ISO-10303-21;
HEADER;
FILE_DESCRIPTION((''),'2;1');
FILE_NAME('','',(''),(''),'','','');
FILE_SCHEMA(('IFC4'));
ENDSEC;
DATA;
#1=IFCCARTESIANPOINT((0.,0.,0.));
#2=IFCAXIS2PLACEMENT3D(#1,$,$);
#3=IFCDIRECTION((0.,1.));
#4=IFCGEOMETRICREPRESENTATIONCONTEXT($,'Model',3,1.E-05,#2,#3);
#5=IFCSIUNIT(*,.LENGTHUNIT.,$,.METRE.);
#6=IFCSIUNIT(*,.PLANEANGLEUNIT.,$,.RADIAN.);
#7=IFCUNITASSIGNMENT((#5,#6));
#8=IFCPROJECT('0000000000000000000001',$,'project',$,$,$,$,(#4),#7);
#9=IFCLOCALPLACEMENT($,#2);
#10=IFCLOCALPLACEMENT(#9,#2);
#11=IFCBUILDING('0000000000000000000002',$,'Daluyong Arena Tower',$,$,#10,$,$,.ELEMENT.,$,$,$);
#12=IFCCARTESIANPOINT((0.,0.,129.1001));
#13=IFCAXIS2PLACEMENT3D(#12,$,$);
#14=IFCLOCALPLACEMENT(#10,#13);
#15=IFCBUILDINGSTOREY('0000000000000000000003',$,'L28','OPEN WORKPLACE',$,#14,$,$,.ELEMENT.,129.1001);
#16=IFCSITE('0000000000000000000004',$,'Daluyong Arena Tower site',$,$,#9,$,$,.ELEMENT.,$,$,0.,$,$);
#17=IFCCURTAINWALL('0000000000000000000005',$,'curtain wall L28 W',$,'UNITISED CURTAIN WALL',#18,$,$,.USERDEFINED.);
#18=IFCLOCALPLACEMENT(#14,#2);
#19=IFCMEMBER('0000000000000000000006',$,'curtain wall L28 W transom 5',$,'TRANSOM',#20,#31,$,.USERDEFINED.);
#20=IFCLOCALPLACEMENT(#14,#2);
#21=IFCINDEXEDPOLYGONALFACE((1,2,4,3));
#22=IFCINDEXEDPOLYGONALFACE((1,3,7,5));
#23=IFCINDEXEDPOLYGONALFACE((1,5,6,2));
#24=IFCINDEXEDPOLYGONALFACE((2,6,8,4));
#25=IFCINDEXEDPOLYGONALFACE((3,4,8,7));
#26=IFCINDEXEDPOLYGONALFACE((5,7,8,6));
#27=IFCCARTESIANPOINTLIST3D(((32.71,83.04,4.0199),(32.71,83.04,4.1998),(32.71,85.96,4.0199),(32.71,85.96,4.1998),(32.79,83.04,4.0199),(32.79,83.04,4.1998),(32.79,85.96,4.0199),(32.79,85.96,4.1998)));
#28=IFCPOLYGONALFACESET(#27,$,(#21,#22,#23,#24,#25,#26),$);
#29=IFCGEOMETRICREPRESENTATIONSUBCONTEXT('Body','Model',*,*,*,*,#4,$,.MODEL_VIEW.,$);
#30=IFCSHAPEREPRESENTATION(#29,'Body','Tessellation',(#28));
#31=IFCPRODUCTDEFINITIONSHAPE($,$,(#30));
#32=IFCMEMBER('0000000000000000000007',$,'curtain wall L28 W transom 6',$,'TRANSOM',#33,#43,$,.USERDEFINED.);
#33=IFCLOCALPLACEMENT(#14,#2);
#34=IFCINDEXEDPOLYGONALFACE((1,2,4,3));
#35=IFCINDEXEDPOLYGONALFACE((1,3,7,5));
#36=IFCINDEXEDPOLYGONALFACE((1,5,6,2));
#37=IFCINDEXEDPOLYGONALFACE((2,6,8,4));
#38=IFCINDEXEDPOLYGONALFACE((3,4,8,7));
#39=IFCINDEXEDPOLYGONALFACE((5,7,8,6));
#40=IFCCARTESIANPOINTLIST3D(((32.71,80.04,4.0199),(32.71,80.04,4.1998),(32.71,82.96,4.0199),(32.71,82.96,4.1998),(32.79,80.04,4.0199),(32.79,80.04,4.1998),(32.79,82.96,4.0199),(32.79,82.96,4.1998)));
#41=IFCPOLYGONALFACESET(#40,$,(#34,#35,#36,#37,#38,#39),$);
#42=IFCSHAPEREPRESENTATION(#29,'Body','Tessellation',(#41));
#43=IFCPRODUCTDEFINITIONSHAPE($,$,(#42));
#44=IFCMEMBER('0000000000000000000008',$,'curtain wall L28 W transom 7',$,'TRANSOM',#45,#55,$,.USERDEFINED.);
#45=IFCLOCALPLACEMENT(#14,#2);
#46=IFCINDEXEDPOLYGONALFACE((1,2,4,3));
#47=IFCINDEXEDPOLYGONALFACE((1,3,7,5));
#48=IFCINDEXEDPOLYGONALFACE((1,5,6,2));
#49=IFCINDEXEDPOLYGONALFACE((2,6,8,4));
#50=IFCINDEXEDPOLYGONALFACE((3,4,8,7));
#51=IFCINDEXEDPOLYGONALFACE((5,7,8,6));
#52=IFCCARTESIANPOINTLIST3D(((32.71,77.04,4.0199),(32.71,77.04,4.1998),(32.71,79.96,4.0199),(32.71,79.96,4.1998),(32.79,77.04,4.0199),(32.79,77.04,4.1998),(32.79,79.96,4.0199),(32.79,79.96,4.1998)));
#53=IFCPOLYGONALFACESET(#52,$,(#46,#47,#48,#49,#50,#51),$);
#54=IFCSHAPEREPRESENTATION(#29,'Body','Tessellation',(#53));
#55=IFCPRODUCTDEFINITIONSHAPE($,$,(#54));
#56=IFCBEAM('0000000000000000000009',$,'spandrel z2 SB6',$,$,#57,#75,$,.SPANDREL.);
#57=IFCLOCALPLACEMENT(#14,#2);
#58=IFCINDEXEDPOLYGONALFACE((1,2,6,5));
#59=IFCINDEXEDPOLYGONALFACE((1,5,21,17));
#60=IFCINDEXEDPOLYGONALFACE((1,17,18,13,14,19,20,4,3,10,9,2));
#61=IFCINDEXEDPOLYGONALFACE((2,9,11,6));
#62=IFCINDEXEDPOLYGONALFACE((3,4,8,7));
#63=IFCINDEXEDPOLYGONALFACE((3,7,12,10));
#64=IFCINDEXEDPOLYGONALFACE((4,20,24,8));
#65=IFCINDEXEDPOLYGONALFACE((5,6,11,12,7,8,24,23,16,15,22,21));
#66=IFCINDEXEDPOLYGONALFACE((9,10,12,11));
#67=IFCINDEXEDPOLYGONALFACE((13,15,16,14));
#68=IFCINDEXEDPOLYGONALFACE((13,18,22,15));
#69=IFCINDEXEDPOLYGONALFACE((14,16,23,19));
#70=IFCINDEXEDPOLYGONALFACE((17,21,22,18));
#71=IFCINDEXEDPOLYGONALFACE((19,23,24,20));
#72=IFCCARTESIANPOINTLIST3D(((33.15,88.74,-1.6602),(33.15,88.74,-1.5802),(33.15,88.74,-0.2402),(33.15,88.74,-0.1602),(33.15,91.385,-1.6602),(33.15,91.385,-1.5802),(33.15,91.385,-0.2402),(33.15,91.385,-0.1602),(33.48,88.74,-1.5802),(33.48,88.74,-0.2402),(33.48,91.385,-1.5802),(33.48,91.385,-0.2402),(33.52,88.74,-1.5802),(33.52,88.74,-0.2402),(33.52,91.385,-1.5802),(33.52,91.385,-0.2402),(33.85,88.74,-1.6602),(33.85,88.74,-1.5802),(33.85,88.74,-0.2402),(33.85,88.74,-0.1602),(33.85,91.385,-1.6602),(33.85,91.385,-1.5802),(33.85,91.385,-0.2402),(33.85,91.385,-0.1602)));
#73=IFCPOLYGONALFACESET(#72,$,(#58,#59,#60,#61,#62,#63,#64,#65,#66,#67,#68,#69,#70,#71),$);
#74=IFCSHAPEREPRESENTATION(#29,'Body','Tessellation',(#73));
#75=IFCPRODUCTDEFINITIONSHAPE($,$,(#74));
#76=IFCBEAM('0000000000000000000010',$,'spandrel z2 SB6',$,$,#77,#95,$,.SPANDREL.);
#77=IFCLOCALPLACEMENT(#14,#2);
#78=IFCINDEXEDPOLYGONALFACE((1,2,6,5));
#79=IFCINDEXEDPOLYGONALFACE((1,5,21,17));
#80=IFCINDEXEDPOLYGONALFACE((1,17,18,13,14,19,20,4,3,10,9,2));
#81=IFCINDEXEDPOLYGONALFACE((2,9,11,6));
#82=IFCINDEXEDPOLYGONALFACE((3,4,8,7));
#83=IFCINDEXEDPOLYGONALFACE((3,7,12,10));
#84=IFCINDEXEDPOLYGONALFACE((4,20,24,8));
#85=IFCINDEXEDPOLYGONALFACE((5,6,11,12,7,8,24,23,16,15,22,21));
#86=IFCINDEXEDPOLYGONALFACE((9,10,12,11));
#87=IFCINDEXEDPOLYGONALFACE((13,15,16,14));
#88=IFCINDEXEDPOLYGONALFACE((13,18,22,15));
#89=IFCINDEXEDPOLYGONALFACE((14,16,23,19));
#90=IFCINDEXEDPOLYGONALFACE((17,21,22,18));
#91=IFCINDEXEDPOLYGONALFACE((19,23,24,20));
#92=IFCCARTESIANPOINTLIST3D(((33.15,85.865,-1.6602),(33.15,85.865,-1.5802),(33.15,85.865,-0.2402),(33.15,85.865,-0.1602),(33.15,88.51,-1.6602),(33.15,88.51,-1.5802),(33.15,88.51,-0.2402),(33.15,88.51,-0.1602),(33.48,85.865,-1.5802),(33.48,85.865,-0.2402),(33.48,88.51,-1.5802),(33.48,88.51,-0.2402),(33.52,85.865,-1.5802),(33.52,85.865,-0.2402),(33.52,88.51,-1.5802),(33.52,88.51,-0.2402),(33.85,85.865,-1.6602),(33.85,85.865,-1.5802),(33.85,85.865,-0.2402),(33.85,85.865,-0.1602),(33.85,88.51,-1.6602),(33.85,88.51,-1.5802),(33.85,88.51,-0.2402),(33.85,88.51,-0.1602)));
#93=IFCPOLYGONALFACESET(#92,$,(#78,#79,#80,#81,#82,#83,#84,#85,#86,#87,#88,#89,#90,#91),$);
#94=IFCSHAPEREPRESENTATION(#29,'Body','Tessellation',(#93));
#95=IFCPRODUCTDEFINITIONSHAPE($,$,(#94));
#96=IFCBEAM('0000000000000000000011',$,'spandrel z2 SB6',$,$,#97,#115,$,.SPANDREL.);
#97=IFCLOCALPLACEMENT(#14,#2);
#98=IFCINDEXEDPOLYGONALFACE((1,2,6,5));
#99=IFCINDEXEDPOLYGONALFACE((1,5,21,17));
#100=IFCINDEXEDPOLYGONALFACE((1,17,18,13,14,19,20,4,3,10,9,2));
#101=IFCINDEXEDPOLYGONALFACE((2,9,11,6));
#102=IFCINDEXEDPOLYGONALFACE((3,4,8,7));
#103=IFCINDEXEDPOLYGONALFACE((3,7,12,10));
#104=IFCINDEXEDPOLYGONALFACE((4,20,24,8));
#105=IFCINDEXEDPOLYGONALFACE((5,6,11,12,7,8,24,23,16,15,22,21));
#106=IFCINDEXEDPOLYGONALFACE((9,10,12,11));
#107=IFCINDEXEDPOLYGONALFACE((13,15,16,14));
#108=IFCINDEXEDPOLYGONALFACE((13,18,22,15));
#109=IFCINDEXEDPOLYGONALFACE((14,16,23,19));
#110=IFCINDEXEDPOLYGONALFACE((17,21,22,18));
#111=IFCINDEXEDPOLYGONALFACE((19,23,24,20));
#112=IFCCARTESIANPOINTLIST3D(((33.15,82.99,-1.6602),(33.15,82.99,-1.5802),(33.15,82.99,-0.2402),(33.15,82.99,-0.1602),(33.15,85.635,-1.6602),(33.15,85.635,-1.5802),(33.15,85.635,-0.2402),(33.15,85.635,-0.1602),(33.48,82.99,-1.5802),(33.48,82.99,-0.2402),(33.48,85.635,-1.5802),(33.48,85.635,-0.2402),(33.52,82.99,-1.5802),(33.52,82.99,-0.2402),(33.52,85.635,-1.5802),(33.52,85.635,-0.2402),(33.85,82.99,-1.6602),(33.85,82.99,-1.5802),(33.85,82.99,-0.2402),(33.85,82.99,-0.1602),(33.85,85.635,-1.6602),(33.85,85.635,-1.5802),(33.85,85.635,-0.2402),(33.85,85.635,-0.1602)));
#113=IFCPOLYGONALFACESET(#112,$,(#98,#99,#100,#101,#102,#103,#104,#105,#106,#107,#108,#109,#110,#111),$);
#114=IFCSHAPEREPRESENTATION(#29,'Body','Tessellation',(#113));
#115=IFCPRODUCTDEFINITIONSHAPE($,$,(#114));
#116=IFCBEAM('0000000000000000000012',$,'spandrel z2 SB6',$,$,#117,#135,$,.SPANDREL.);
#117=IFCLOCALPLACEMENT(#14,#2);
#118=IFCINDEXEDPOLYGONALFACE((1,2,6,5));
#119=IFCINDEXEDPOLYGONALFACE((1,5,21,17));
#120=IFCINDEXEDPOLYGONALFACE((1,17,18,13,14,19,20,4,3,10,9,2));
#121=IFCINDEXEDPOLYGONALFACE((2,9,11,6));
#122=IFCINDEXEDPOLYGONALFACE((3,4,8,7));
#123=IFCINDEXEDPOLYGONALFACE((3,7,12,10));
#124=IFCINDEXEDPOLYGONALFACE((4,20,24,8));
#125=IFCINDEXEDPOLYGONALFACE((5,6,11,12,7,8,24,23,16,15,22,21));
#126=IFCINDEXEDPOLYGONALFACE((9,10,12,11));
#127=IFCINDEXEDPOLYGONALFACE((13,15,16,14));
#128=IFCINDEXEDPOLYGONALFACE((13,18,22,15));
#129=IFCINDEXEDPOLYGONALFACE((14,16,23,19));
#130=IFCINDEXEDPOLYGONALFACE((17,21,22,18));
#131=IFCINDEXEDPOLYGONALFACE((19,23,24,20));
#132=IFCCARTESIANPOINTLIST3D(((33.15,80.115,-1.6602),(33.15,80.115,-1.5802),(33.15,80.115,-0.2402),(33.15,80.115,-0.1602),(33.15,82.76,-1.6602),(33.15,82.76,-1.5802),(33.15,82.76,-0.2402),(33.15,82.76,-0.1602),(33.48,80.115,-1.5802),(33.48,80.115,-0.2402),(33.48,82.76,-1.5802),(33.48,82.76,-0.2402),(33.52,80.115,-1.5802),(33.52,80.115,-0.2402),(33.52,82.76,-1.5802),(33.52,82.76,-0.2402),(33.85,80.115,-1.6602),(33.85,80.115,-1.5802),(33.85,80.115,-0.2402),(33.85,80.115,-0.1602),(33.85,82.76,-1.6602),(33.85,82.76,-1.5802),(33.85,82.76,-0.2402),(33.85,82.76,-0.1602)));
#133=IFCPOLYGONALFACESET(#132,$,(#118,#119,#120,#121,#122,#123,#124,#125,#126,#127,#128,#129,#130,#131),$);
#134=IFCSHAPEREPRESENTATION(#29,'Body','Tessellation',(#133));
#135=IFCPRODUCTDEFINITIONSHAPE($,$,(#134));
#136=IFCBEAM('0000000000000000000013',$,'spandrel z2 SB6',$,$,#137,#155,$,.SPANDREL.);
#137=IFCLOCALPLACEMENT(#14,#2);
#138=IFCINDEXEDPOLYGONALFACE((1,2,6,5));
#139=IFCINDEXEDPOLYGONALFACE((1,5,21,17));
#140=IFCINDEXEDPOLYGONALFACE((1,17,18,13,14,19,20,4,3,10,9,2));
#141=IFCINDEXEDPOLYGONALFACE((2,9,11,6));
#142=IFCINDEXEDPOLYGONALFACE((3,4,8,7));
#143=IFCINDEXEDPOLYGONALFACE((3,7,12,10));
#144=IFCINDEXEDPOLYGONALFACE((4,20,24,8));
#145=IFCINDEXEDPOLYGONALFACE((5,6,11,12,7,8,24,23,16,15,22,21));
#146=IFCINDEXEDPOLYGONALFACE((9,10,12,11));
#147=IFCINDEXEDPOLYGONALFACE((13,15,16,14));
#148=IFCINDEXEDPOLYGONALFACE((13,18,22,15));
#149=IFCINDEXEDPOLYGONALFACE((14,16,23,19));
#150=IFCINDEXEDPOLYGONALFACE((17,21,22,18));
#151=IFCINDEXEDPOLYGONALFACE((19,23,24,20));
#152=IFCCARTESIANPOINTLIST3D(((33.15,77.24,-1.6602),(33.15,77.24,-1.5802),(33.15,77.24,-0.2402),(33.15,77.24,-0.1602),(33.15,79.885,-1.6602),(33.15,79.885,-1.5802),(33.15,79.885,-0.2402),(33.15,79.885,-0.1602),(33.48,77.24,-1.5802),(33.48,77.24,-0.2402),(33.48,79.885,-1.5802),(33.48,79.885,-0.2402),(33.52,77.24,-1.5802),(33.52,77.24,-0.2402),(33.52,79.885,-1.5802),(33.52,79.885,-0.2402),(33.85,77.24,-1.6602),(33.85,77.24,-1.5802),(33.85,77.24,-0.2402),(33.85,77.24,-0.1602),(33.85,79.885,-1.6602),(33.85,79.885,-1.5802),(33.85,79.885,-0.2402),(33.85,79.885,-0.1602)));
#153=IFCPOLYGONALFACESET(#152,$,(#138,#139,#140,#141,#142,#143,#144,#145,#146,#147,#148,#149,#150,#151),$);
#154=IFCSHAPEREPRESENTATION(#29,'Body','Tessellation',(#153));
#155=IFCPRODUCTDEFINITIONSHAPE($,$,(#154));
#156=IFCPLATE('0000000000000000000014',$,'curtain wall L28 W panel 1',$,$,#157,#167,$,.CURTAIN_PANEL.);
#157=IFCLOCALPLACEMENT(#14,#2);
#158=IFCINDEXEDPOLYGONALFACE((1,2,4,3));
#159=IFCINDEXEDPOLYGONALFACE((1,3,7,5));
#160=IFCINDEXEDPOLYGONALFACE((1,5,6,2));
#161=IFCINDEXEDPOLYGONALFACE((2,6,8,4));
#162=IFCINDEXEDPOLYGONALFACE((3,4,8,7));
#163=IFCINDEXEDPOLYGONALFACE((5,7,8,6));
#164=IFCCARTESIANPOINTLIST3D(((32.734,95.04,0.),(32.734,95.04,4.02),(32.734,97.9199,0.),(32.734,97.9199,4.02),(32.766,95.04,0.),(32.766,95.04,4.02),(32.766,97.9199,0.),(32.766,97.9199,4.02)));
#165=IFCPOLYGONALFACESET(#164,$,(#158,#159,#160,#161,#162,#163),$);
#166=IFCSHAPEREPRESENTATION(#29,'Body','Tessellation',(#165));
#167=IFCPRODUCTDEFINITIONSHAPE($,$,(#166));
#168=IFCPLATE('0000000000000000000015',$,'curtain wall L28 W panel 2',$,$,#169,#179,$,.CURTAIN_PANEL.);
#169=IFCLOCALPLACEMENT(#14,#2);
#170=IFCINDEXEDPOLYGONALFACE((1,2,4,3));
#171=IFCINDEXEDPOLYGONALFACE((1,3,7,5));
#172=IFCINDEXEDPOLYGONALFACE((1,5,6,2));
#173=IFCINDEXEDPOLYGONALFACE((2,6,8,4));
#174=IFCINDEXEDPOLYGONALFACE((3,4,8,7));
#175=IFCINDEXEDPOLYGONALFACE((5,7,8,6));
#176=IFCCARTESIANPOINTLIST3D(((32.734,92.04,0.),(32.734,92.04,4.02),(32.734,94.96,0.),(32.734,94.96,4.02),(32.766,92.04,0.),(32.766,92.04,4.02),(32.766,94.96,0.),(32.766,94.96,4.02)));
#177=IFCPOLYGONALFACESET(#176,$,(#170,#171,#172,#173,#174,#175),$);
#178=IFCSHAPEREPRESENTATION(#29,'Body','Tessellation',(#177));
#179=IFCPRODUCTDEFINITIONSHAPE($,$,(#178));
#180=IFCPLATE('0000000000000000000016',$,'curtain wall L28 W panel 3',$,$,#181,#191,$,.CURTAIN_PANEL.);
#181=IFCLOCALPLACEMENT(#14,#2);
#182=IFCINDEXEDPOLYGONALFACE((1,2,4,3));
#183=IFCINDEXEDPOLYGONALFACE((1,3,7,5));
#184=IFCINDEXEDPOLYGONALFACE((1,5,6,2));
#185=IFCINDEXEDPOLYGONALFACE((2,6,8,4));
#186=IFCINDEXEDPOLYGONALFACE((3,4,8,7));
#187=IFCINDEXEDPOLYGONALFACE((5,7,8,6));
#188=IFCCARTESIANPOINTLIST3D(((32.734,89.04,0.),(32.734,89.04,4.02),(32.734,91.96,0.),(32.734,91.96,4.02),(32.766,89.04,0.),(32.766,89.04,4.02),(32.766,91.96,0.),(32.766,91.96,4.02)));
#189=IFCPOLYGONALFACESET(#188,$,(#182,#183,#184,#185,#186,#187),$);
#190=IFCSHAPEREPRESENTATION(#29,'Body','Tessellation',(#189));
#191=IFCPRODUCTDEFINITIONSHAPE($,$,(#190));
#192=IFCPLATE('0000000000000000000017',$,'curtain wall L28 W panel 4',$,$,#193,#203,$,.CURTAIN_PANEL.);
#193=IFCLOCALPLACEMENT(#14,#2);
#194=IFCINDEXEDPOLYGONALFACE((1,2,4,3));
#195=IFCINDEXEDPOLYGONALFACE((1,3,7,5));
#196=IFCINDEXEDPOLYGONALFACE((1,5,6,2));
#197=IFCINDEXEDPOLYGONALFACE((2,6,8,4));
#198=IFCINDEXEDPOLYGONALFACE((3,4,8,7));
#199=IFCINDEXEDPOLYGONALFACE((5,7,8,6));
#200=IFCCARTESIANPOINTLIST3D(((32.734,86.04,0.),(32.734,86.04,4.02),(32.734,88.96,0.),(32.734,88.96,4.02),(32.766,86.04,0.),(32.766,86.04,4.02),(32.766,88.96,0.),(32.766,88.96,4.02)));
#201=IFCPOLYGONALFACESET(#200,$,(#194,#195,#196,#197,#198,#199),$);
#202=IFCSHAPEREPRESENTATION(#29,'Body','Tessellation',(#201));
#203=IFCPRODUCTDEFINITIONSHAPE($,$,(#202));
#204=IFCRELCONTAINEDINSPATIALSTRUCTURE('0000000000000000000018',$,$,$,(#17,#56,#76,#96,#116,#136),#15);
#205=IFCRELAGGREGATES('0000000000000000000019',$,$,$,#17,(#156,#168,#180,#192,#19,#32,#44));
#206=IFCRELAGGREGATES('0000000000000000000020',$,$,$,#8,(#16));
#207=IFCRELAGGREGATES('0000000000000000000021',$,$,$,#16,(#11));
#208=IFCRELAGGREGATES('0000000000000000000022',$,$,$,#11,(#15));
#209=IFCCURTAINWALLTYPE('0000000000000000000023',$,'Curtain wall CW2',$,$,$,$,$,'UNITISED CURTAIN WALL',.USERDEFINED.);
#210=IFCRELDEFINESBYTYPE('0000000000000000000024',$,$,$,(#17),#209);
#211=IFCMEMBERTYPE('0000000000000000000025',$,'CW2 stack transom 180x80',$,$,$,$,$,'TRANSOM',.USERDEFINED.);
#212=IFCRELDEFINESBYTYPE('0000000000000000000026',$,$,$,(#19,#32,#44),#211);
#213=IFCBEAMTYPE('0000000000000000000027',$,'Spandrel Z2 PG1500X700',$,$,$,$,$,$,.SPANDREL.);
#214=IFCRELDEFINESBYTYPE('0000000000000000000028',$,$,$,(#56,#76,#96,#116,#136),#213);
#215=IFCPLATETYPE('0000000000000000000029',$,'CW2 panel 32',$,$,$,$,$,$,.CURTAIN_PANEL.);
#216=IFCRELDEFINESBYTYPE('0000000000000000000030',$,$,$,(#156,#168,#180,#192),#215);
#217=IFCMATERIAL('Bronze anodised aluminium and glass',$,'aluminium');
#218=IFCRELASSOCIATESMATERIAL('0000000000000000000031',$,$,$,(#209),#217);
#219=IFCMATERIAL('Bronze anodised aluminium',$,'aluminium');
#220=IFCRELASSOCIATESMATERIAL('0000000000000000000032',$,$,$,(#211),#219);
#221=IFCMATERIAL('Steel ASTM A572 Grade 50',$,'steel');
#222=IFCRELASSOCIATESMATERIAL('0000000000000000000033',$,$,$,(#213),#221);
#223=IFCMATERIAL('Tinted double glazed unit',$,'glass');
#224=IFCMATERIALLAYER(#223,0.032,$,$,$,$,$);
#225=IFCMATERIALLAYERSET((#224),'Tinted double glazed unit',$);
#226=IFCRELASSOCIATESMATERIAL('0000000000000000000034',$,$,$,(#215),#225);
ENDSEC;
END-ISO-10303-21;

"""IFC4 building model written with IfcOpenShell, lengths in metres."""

from ifc_helpers import new_model, si_unit, direction, frame, origin, origin_2d, place, context, subcontext, project, spatial, rectangle, i_section, extrude, material, layer, layer_set, material_profile, profile_set, type_object, element, aggregate, save


model = new_model("IFC4")

# Units and contexts
model_context = context("Model", 3, precision=1e-05, world=origin(), true_north=direction((0.0, 1.0)))
body_context = subcontext(model_context, "Body", "Model", "MODEL_VIEW")
ifc_project = project(units=[si_unit("LENGTHUNIT", "METRE"), si_unit("PLANEANGLEUNIT", "RADIAN")], contexts=[model_context])

# Site, building, storey
site_placement = place(None, origin())
site = spatial("IfcSite", under=ifc_project, at=site_placement, Name="Daluyong Arena Tower site", CompositionType="ELEMENT", RefElevation=0.0)
building_placement = place(site_placement, origin())
building = spatial("IfcBuilding", under=site, at=building_placement, Name="Daluyong Arena Tower", CompositionType="ELEMENT")
storey_placement = place(building_placement, frame((0.0, 0.0, 129.1001)))
storey = spatial("IfcBuildingStorey", under=building, at=storey_placement, Name="L28", Description="OPEN WORKPLACE", CompositionType="ELEMENT", Elevation=129.1001)

# Curtain wall, members
ifc_material_1 = material(Name="Bronze anodised aluminium and glass", Category="aluminium")
curtain_wall_type = type_object("IfcCurtainWallType", Name="Curtain wall CW2", ElementType="UNITISED CURTAIN WALL", PredefinedType="USERDEFINED", material=ifc_material_1)
curtain_wall_placement = place(storey_placement, origin())
curtain_wall = element("IfcCurtainWall", 1, at=curtain_wall_placement, inside=storey, type_object=curtain_wall_type, Name="curtain wall L28 W", ObjectType="UNITISED CURTAIN WALL", PredefinedType="USERDEFINED")
ifc_material_2 = material(Name="Bronze anodised aluminium", Category="aluminium")
ifc_material_profile_1 = material_profile(ifc_material_2, rectangle(XDim=0.0801, YDim=0.1799, at=origin_2d()))
ifc_profile_set_1 = profile_set([ifc_material_profile_1], Name="Bronze anodised aluminium")
member_type_1 = type_object("IfcMemberType", Name="CW2 stack transom 180x80", ElementType="TRANSOM", PredefinedType="USERDEFINED", material=ifc_profile_set_1)
member_1_placement = place(storey_placement, frame((32.75, 85.96, 4.1099), z_axis=(0.0, -1.0, 0.0), x_axis=(1.0, 0.0, 0.0)))
member_1 = element("IfcMember", 2, at=member_1_placement, type_object=member_type_1, Name="curtain wall L28 W transom 5", ObjectType="TRANSOM", PredefinedType="USERDEFINED", context=body_context, shape_type="SweptSolid", body=[
    extrude(rectangle(XDim=0.0801, YDim=0.1799, at=origin_2d()), origin(), (0.0, 0.0, 1.0), 2.9199),
])
member_2_placement = place(storey_placement, frame((32.75, 82.96, 4.1099), z_axis=(0.0, -1.0, 0.0), x_axis=(1.0, 0.0, 0.0)))
member_2 = element("IfcMember", 3, at=member_2_placement, type_object=member_type_1, Name="curtain wall L28 W transom 6", ObjectType="TRANSOM", PredefinedType="USERDEFINED", context=body_context, shape_type="SweptSolid", body=[
    extrude(rectangle(XDim=0.0801, YDim=0.1799, at=origin_2d()), origin(), (0.0, 0.0, 1.0), 2.9199),
])
member_3_placement = place(storey_placement, frame((32.75, 79.96, 4.1099), z_axis=(0.0, -1.0, 0.0), x_axis=(1.0, 0.0, 0.0)))
member_3 = element("IfcMember", 4, at=member_3_placement, type_object=member_type_1, Name="curtain wall L28 W transom 7", ObjectType="TRANSOM", PredefinedType="USERDEFINED", context=body_context, shape_type="SweptSolid", body=[
    extrude(rectangle(XDim=0.0801, YDim=0.1799, at=origin_2d()), origin(), (0.0, 0.0, 1.0), 2.9199),
])

# Beams
ifc_material_3 = material(Name="Steel ASTM A572 Grade 50", Category="steel")
ifc_material_profile_2 = material_profile(ifc_material_3, i_section(OverallWidth=0.7, OverallDepth=1.5, WebThickness=0.04, FlangeThickness=0.08, at=origin_2d()))
ifc_profile_set_2 = profile_set([ifc_material_profile_2], Name="Steel ASTM A572 Grade 50")
beam_type = type_object("IfcBeamType", Name="Spandrel Z2 PG1500X700", PredefinedType="SPANDREL", material=ifc_profile_set_2)
for number, where, z_axis, x_axis, name in (
    (5, (33.5, 91.385, -0.9102), (0.0, -1.0, 0.0), (1.0, 0.0, 0.0), "spandrel z2 SB6"),
    (6, (33.5, 88.51, -0.9102), (0.0, -1.0, 0.0), (1.0, 0.0, 0.0), "spandrel z2 SB6"),
    (7, (33.5, 85.635, -0.9102), (0.0, -1.0, 0.0), (1.0, 0.0, 0.0), "spandrel z2 SB6"),
    (8, (33.5, 82.76, -0.9102), (0.0, -1.0, 0.0), (1.0, 0.0, 0.0), "spandrel z2 SB6"),
    (9, (33.5, 79.885, -0.9102), (0.0, -1.0, 0.0), (1.0, 0.0, 0.0), "spandrel z2 SB6"),
):
    element("IfcBeam", number, at=place(storey_placement, frame(where, z_axis=z_axis, x_axis=x_axis)), inside=storey, type_object=beam_type, Name=name, PredefinedType="SPANDREL", context=body_context, shape_type="SweptSolid", body=[
        extrude(i_section(OverallWidth=0.7, OverallDepth=1.5, WebThickness=0.04, FlangeThickness=0.08, at=origin_2d()), origin(), (0.0, 0.0, 1.0), 2.645),
    ])

# Plates
ifc_material_4 = material(Name="Tinted double glazed unit", Category="glass")
ifc_layer = layer(ifc_material_4, 0.032)
ifc_layer_set = layer_set([ifc_layer], Name="Tinted double glazed unit")
plate_type = type_object("IfcPlateType", Name="CW2 panel 32", PredefinedType="CURTAIN_PANEL", material=ifc_layer_set)
plate_1_placement = place(storey_placement, frame((32.75, 96.48, 0.0), z_axis=(0.0, 0.0, 1.0), x_axis=(0.0, -1.0, 0.0)))
plate_1 = element("IfcPlate", 10, at=plate_1_placement, type_object=plate_type, Name="curtain wall L28 W panel 1", PredefinedType="CURTAIN_PANEL", context=body_context, shape_type="SweptSolid", body=[
    extrude(rectangle(XDim=2.8799, YDim=0.032, at=origin_2d()), origin(), (0.0, 0.0, 1.0), 4.02),
])
plate_2_placement = place(storey_placement, frame((32.75, 93.5, 0.0), z_axis=(0.0, 0.0, 1.0), x_axis=(0.0, -1.0, 0.0)))
plate_2 = element("IfcPlate", 11, at=plate_2_placement, type_object=plate_type, Name="curtain wall L28 W panel 2", PredefinedType="CURTAIN_PANEL", context=body_context, shape_type="SweptSolid", body=[
    extrude(rectangle(XDim=2.9199, YDim=0.032, at=origin_2d()), origin(), (0.0, 0.0, 1.0), 4.02),
])
plate_3_placement = place(storey_placement, frame((32.75, 90.5, 0.0), z_axis=(0.0, 0.0, 1.0), x_axis=(0.0, -1.0, 0.0)))
plate_3 = element("IfcPlate", 12, at=plate_3_placement, type_object=plate_type, Name="curtain wall L28 W panel 3", PredefinedType="CURTAIN_PANEL", context=body_context, shape_type="SweptSolid", body=[
    extrude(rectangle(XDim=2.9199, YDim=0.032, at=origin_2d()), origin(), (0.0, 0.0, 1.0), 4.02),
])
plate_4_placement = place(storey_placement, frame((32.75, 87.5, 0.0), z_axis=(0.0, 0.0, 1.0), x_axis=(0.0, -1.0, 0.0)))
plate_4 = element("IfcPlate", 13, at=plate_4_placement, type_object=plate_type, Name="curtain wall L28 W panel 4", PredefinedType="CURTAIN_PANEL", context=body_context, shape_type="SweptSolid", body=[
    extrude(rectangle(XDim=2.9199, YDim=0.032, at=origin_2d()), origin(), (0.0, 0.0, 1.0), 4.02),
])
aggregate(curtain_wall, [plate_1, plate_2, plate_3, plate_4, member_1, member_2, member_3])

save(model, "model.ifc")
